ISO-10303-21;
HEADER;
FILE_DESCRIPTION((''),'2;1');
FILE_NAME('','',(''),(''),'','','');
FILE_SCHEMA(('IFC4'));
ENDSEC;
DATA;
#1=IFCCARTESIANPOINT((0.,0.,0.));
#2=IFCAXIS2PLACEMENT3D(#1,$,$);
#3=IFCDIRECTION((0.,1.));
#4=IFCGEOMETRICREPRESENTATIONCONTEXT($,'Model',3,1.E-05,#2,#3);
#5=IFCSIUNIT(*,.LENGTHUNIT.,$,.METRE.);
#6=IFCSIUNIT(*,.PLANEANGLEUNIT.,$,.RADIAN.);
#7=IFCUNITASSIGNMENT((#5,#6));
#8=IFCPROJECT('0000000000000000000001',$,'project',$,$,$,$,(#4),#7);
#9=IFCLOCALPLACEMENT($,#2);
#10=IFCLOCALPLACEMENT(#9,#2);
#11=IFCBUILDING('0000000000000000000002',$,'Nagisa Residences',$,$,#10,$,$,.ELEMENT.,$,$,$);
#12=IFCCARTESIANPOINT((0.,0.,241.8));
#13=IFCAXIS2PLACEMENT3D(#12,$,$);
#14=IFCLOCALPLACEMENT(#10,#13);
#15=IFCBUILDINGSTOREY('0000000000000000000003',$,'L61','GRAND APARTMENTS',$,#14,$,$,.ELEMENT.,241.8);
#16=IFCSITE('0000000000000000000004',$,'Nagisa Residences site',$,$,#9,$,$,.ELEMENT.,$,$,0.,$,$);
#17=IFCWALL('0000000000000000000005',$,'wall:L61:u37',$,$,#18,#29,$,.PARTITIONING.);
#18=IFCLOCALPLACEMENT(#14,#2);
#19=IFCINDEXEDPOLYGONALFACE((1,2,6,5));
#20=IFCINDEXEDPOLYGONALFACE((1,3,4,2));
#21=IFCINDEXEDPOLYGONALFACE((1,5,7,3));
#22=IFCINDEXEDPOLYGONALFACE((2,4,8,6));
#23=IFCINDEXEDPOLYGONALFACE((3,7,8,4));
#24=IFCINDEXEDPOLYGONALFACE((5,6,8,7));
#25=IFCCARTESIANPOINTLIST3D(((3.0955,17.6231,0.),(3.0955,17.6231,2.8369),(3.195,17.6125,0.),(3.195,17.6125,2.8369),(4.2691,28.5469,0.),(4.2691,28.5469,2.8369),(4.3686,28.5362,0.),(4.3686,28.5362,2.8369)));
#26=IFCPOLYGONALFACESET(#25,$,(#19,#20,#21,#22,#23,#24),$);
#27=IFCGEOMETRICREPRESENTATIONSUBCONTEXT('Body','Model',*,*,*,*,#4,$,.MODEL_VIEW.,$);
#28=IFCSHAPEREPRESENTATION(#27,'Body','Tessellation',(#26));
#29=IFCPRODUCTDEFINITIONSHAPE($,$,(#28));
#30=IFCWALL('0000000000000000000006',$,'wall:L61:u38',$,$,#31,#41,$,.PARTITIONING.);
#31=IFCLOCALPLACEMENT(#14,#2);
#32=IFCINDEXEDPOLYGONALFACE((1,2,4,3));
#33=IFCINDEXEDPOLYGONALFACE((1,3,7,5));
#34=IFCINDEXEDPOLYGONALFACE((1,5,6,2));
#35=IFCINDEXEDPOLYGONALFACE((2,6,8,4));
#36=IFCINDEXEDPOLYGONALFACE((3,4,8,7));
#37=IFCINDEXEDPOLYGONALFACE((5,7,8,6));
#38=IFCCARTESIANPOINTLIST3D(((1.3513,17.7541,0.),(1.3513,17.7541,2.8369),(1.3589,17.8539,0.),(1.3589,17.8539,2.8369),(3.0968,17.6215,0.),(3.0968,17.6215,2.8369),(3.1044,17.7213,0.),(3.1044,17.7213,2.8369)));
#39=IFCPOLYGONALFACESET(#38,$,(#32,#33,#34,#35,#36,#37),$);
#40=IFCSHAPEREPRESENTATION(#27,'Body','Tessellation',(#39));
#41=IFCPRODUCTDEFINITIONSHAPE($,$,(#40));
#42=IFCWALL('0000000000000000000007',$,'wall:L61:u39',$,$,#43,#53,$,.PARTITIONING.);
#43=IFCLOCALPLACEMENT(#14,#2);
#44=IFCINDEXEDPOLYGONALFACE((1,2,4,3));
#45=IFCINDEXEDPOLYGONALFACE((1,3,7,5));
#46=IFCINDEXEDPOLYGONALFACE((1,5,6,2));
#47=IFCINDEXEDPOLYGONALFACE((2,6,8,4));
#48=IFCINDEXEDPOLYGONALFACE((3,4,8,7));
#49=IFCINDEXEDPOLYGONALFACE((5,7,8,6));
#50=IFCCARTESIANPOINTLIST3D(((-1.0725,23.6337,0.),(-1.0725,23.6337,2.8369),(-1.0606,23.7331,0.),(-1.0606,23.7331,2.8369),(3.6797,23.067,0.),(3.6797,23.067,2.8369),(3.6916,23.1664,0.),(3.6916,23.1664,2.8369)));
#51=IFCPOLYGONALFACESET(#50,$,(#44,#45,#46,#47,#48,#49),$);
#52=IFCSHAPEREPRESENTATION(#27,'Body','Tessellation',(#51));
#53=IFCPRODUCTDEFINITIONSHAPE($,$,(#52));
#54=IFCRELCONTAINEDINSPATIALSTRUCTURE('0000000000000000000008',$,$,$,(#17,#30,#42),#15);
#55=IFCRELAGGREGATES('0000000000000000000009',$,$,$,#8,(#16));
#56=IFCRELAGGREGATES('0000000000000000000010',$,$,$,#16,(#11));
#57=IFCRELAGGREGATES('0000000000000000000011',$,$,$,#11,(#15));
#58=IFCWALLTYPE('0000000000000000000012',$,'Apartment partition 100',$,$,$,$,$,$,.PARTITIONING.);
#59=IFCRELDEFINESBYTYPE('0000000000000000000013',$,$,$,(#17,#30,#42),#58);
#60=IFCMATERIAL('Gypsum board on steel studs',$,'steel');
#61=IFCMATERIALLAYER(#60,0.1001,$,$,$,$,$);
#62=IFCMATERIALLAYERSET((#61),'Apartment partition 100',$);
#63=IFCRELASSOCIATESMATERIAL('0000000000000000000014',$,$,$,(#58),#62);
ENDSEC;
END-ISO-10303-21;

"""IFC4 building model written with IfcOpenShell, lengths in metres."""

from ifc_helpers import new_model, si_unit, direction, frame, frame_2d, origin, place, context, subcontext, project, spatial, rectangle, extrude, material, layer, layer_set, type_object, element, save


model = new_model("IFC4")

# Units and contexts
model_context = context("Model", 3, precision=1e-05, world=origin(), true_north=direction((0.0, 1.0)))
body_context = subcontext(model_context, "Body", "Model", "MODEL_VIEW")
ifc_project = project(units=[si_unit("LENGTHUNIT", "METRE"), si_unit("PLANEANGLEUNIT", "RADIAN")], contexts=[model_context])

# Site, building, storey
site_placement = place(None, origin())
site = spatial("IfcSite", under=ifc_project, at=site_placement, Name="Nagisa Residences site", CompositionType="ELEMENT", RefElevation=0.0)
building_placement = place(site_placement, origin())
building = spatial("IfcBuilding", under=site, at=building_placement, Name="Nagisa Residences", CompositionType="ELEMENT")
storey_placement = place(building_placement, frame((0.0, 0.0, 241.8)))
storey = spatial("IfcBuildingStorey", under=building, at=storey_placement, Name="L61", Description="GRAND APARTMENTS", CompositionType="ELEMENT", Elevation=241.8)

# Shared definitions
ifc_material_1 = material(Name="Gypsum board on steel studs", Category="steel")
ifc_layer_1 = layer(ifc_material_1, 0.1001)
ifc_layer_set_1 = layer_set([ifc_layer_1], Name="Apartment partition 100")
wall_type_1 = type_object("IfcWallType", Name="Apartment partition 100", PredefinedType="PARTITIONING", material=ifc_layer_set_1)

# Walls
wall_1_placement = place(storey_placement, frame((3.1453, 17.6179, 0.0), z_axis=(0.0, 0.0, 1.0), x_axis=(0.106819, 0.994279, 0.0)))
element("IfcWall", 1, at=wall_1_placement, inside=storey, type_object=wall_type_1, Name="wall:L61:u37", PredefinedType="PARTITIONING", context=body_context, shape_type="SweptSolid", body=[
    extrude(rectangle(XDim=10.9866, YDim=0.1001, at=frame_2d((5.4932, 0.0))), origin(), (0.0, 0.0, 1.0), 2.8369),
])
wall_2_placement = place(storey_placement, frame((3.1006, 17.6714, 0.0), z_axis=(0.0, 0.0, 1.0), x_axis=(-0.997128, 0.075737, 0.0)))
element("IfcWall", 2, at=wall_2_placement, inside=storey, type_object=wall_type_1, Name="wall:L61:u38", PredefinedType="PARTITIONING", context=body_context, shape_type="SweptSolid", body=[
    extrude(rectangle(XDim=1.7505, YDim=0.1001, at=frame_2d((0.8752, 0.0))), origin(), (0.0, 0.0, 1.0), 2.8369),
])
wall_3_placement = place(storey_placement, frame((3.6858, 23.1167, 0.0), z_axis=(0.0, 0.0, 1.0), x_axis=(-0.992966, 0.118401, 0.0)))
element("IfcWall", 3, at=wall_3_placement, inside=storey, type_object=wall_type_1, Name="wall:L61:u39", PredefinedType="PARTITIONING", context=body_context, shape_type="SweptSolid", body=[
    extrude(rectangle(XDim=4.7859, YDim=0.1001, at=frame_2d((2.3931, 0.0))), origin(), (0.0, 0.0, 1.0), 2.8369),
])

save(model, "model.ifc")
